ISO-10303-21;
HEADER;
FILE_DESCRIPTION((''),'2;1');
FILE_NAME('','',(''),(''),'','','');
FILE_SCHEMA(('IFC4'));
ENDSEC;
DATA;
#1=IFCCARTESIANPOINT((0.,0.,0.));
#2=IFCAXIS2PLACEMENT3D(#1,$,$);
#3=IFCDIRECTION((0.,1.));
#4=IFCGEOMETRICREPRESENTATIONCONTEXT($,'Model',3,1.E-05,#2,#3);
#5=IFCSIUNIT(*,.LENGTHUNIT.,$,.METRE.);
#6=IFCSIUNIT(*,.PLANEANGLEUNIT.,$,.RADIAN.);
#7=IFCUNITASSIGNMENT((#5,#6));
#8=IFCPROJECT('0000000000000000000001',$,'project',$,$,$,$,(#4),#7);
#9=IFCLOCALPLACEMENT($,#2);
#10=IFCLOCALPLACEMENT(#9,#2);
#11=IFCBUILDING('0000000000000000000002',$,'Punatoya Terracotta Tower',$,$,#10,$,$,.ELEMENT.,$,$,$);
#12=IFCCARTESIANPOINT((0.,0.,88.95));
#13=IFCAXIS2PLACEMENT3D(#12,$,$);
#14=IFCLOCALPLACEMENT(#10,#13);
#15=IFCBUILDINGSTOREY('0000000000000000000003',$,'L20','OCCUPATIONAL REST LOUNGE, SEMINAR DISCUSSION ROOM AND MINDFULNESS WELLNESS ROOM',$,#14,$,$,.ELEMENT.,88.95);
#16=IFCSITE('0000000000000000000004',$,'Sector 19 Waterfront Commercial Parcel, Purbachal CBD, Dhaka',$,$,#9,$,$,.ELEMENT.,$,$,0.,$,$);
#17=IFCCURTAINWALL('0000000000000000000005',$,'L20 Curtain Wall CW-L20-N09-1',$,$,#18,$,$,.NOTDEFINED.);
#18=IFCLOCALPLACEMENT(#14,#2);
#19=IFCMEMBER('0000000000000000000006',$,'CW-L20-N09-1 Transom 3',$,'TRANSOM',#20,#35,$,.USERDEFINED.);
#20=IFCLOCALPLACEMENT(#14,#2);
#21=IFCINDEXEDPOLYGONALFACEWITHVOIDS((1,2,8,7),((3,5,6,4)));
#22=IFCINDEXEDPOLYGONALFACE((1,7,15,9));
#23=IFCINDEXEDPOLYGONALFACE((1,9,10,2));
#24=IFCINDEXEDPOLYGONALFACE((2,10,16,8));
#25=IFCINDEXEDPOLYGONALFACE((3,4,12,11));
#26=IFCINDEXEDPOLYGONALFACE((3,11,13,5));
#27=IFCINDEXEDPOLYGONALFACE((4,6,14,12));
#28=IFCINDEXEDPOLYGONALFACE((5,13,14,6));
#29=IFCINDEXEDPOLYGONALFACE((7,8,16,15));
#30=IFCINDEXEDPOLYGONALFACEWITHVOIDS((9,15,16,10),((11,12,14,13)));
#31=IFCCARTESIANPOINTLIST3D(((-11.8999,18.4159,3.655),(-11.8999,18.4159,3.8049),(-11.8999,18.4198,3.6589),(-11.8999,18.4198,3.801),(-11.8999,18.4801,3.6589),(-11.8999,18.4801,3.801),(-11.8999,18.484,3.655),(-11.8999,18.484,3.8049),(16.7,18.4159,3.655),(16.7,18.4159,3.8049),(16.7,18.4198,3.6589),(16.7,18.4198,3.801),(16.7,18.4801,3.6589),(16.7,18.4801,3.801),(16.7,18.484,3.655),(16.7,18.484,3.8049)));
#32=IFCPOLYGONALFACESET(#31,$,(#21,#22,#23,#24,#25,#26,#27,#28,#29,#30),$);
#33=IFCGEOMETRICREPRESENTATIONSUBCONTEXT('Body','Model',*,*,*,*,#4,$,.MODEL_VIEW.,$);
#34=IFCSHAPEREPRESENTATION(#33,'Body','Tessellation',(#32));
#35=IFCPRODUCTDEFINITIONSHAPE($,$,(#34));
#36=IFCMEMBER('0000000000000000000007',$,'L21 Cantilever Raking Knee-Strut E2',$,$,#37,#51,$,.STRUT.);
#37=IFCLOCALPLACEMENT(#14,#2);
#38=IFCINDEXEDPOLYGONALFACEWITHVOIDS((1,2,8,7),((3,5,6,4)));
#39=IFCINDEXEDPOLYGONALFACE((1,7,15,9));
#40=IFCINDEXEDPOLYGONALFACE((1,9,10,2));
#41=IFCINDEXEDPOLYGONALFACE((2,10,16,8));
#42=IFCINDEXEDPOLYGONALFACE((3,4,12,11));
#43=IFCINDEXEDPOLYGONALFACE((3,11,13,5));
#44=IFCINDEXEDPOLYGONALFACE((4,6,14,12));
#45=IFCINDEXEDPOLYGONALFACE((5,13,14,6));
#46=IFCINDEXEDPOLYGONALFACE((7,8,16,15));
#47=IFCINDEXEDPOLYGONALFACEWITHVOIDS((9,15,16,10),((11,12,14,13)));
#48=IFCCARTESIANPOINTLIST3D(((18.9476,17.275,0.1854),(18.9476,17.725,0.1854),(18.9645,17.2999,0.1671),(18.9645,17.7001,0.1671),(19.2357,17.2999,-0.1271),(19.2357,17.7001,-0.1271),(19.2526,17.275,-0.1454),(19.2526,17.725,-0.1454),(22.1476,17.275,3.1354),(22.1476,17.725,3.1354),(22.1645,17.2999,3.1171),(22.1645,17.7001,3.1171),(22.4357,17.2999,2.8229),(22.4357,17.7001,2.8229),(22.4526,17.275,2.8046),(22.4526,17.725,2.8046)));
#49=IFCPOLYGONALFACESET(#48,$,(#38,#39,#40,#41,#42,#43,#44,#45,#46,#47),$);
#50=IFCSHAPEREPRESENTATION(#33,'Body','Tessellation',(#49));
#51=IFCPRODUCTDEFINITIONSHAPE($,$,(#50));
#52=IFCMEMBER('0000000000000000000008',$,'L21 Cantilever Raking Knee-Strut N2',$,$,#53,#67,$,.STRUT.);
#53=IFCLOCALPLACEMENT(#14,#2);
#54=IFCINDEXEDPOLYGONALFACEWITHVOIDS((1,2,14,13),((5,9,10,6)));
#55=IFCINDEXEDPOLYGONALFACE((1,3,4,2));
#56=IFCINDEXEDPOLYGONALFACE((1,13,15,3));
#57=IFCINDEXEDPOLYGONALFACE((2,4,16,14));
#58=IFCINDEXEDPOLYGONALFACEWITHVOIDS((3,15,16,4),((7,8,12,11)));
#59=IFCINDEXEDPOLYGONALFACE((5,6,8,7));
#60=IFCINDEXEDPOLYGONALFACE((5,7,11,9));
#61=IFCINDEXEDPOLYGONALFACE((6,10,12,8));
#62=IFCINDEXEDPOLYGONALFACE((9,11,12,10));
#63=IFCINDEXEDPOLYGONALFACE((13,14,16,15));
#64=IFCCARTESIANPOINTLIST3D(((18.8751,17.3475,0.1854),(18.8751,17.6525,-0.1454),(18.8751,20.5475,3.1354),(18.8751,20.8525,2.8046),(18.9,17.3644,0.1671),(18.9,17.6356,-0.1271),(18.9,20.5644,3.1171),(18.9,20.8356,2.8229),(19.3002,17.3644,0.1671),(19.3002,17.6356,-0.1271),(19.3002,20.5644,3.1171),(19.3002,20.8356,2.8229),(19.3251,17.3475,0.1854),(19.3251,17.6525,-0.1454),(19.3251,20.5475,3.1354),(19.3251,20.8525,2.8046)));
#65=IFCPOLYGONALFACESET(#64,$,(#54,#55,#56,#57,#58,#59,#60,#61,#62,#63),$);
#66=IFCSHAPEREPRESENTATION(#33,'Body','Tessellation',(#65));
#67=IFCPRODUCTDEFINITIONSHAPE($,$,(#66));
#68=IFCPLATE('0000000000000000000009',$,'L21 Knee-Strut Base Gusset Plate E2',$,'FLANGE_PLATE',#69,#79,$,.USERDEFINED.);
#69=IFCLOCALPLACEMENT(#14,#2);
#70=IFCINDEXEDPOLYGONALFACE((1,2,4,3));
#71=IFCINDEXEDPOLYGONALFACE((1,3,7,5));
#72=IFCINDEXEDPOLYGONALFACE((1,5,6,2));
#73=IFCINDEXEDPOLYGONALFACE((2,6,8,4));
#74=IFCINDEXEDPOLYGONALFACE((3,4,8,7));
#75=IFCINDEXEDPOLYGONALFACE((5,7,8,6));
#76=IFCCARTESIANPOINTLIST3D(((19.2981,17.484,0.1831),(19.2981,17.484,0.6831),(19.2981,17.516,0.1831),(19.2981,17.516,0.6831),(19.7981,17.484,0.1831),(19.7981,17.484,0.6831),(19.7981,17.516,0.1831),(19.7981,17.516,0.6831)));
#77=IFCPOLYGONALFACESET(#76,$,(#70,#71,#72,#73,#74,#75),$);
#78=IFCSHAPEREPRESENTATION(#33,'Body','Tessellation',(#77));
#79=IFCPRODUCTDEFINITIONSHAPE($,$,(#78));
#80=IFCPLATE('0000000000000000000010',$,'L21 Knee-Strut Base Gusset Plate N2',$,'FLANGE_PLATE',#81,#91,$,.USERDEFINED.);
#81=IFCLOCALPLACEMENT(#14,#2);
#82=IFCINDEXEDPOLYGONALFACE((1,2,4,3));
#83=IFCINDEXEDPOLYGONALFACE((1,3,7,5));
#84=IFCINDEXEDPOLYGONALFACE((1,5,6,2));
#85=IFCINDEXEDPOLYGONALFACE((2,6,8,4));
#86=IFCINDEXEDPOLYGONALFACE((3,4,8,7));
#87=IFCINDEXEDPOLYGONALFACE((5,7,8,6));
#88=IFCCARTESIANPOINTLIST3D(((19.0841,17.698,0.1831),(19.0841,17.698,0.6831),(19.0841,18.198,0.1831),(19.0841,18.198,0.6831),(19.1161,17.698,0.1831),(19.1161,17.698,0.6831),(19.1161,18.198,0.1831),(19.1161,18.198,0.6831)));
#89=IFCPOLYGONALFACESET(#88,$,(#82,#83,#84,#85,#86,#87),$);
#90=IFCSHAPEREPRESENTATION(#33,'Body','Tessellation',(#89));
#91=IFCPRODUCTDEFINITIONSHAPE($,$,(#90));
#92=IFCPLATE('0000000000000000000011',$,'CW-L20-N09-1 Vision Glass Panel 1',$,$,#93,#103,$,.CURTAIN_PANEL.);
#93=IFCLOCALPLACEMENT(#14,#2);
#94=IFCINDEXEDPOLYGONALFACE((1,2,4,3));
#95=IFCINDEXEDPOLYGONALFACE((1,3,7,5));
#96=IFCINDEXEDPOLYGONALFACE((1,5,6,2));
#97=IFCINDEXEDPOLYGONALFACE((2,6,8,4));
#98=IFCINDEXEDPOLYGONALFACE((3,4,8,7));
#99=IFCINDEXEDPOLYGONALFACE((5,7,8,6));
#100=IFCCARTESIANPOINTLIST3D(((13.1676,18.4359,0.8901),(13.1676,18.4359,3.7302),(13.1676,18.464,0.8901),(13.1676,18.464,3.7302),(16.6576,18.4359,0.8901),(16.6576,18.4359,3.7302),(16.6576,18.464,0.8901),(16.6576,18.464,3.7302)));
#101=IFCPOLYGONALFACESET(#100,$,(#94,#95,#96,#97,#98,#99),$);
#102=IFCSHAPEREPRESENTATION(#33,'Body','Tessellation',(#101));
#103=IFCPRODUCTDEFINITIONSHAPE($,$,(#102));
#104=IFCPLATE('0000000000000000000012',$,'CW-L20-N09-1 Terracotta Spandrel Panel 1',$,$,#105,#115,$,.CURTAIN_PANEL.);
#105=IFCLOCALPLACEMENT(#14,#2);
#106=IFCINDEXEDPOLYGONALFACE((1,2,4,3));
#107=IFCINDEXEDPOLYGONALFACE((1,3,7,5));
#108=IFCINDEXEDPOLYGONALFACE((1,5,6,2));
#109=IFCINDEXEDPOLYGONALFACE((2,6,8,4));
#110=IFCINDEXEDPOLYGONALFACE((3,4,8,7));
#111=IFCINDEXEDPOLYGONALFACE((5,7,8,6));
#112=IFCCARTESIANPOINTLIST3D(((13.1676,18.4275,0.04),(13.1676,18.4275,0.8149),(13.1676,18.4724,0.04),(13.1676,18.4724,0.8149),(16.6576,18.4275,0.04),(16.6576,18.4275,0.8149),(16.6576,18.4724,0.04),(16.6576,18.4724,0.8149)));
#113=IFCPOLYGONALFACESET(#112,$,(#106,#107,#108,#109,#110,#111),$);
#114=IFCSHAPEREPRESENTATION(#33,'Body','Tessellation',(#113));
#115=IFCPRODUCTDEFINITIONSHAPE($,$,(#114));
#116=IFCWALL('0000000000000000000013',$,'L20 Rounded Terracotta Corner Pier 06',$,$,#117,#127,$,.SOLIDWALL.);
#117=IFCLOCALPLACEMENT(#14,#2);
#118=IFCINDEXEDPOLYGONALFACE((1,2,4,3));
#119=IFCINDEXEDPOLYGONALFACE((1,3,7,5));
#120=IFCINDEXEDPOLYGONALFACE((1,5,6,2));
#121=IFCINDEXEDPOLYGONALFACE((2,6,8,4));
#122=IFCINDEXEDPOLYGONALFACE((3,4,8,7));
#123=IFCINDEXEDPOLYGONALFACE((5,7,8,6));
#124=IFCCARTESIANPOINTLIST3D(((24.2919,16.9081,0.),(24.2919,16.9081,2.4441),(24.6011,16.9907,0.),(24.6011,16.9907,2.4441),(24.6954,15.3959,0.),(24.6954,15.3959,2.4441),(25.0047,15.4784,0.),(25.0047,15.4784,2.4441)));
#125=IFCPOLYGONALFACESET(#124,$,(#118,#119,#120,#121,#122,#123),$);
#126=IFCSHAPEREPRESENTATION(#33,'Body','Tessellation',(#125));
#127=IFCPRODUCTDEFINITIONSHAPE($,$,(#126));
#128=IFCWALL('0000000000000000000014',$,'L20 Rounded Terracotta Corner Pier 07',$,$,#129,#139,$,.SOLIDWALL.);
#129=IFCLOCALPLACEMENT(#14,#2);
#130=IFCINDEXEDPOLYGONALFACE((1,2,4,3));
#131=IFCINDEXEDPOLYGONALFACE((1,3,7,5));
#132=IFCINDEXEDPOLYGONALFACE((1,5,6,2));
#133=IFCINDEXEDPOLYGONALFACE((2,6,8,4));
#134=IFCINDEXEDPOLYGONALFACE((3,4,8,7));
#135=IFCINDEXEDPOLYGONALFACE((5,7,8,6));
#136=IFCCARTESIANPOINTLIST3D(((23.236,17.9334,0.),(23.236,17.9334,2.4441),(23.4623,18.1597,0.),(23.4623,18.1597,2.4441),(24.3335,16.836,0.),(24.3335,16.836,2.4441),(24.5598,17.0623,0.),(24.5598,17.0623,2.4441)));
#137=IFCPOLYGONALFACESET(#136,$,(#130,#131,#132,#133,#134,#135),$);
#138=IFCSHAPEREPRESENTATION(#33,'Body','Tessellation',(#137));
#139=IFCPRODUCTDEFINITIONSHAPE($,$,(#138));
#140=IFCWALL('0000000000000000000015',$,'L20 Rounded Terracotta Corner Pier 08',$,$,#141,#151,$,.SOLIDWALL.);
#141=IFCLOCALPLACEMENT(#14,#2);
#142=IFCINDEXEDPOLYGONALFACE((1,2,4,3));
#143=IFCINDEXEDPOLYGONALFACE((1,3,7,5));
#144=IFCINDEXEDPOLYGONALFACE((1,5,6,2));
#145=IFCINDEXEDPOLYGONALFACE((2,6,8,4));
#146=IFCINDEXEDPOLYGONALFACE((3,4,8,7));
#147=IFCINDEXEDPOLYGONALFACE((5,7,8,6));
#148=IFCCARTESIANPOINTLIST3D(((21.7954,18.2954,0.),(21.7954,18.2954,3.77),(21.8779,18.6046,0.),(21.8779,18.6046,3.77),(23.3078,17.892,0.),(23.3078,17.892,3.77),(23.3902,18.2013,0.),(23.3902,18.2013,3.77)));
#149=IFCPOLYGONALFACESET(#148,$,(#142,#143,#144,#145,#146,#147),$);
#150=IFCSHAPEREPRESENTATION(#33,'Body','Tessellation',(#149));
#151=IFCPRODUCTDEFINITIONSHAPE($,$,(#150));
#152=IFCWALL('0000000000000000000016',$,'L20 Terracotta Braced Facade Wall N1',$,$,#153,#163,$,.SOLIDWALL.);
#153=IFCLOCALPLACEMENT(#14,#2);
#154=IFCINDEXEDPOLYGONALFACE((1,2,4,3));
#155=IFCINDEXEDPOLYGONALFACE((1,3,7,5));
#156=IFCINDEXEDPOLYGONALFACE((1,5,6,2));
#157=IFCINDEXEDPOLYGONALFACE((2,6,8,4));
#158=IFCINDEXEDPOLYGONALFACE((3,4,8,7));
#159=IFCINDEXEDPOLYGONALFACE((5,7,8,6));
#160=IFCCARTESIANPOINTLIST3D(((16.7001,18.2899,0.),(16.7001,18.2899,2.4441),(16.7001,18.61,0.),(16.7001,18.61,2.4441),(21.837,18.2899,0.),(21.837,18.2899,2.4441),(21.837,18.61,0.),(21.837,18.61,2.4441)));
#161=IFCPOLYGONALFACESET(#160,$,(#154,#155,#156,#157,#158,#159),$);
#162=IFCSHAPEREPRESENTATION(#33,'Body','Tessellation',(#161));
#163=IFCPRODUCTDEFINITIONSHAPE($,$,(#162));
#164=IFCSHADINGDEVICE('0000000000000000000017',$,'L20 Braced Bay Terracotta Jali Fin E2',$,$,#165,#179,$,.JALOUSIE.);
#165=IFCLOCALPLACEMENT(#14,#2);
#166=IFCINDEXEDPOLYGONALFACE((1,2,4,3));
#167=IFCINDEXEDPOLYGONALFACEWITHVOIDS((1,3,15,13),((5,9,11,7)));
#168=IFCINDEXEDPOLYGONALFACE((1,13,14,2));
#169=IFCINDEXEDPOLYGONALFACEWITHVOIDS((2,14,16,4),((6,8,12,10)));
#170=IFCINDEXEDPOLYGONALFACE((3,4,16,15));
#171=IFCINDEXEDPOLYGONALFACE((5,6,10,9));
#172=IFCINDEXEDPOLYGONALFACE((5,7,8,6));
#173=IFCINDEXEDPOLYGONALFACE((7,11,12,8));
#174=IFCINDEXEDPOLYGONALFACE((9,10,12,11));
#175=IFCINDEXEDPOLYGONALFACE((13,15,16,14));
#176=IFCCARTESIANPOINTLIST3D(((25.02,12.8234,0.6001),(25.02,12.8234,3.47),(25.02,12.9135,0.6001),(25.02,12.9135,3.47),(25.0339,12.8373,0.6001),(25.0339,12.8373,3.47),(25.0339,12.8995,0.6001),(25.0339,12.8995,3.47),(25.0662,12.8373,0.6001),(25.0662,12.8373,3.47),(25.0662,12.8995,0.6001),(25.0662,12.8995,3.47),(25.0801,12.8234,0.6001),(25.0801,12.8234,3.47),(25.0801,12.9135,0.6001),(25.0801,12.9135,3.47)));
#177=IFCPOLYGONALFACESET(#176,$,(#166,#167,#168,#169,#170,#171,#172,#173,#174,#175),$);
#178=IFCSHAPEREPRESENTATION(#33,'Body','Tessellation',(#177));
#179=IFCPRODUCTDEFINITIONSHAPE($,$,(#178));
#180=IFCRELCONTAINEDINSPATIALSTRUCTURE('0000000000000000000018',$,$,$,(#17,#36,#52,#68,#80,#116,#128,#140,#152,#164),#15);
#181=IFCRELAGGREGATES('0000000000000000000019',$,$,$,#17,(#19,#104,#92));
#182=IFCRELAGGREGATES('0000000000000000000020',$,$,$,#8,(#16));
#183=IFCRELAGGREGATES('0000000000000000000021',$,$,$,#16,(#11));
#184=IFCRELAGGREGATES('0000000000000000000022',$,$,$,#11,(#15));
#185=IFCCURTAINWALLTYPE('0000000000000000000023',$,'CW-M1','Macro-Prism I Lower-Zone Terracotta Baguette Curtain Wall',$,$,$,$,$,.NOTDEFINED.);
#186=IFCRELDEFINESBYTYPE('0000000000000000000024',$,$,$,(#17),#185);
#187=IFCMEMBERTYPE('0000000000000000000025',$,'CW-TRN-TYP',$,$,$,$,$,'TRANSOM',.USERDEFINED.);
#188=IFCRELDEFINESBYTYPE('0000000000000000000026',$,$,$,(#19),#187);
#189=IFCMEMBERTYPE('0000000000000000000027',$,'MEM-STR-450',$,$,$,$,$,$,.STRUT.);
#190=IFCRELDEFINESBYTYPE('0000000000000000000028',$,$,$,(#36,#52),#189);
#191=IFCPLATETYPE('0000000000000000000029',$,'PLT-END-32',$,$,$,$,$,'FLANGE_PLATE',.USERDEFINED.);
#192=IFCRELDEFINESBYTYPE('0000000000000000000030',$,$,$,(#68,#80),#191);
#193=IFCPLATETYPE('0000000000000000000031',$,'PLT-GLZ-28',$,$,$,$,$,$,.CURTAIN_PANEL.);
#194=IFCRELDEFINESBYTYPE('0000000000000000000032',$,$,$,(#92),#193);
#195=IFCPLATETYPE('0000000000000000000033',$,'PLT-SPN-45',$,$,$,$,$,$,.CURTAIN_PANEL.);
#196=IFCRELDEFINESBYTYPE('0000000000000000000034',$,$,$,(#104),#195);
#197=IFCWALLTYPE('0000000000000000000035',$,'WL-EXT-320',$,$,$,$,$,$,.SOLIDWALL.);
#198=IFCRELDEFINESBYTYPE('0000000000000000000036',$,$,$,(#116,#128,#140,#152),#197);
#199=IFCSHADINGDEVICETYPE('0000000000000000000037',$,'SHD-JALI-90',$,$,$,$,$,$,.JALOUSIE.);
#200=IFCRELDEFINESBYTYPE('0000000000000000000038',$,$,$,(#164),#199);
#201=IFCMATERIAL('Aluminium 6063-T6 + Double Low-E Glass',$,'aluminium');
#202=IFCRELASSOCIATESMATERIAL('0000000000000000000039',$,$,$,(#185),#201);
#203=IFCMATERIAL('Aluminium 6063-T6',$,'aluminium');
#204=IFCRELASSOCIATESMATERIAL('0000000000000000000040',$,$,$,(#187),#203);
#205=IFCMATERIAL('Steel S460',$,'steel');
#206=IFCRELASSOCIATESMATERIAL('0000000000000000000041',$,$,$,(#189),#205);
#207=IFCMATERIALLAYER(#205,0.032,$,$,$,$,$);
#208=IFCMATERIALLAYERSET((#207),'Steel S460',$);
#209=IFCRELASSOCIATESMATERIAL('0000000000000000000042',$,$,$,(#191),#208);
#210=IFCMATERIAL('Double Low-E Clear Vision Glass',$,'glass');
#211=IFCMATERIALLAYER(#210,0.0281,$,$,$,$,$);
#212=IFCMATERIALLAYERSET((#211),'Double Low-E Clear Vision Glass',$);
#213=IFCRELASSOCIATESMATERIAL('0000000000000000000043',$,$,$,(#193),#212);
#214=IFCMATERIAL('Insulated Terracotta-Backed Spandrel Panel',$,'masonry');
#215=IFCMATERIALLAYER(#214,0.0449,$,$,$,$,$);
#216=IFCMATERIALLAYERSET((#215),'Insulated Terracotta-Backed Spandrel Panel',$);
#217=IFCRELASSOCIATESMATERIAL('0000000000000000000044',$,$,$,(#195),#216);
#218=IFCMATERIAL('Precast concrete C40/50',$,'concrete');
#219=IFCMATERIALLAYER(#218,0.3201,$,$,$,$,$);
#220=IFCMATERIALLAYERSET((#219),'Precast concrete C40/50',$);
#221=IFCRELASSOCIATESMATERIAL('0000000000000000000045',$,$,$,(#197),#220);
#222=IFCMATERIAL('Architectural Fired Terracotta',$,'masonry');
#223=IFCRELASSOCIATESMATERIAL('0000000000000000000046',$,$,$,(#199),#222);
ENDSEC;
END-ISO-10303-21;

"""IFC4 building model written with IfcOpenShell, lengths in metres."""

from ifc_helpers import new_model, si_unit, direction, frame, frame_2d, origin, origin_2d, place, context, subcontext, project, spatial, rectangle, hollow_rectangle, extrude, material, layer, layer_set, material_profile, profile_set, type_object, element, aggregate, save


model = new_model("IFC4")

# Units and contexts
model_context = context("Model", 3, precision=1e-05, world=origin(), true_north=direction((0.0, 1.0)))
body_context = subcontext(model_context, "Body", "Model", "MODEL_VIEW")
ifc_project = project(units=[si_unit("LENGTHUNIT", "METRE"), si_unit("PLANEANGLEUNIT", "RADIAN")], contexts=[model_context])

# Site, building, storey
site_placement = place(None, origin())
site = spatial("IfcSite", under=ifc_project, at=site_placement, Name="Sector 19 Waterfront Commercial Parcel, Purbachal CBD, Dhaka", CompositionType="ELEMENT", RefElevation=0.0)
building_placement = place(site_placement, origin())
building = spatial("IfcBuilding", under=site, at=building_placement, Name="Punatoya Terracotta Tower", CompositionType="ELEMENT")
storey_placement = place(building_placement, frame((0.0, 0.0, 88.95)))
storey = spatial("IfcBuildingStorey", under=building, at=storey_placement, Name="L20", Description="OCCUPATIONAL REST LOUNGE, SEMINAR DISCUSSION ROOM AND MINDFULNESS WELLNESS ROOM", CompositionType="ELEMENT", Elevation=88.95)

# Shared definitions
ifc_material_1 = material(Name="Steel S460", Category="steel")

# Curtain wall, member
ifc_material_2 = material(Name="Aluminium 6063-T6 + Double Low-E Glass", Category="aluminium")
curtain_wall_type = type_object("IfcCurtainWallType", Name="CW-M1", Description="Macro-Prism I Lower-Zone Terracotta Baguette Curtain Wall", PredefinedType="NOTDEFINED", material=ifc_material_2)
curtain_wall_placement = place(storey_placement, origin())
curtain_wall = element("IfcCurtainWall", 1, at=curtain_wall_placement, inside=storey, type_object=curtain_wall_type, Name="L20 Curtain Wall CW-L20-N09-1", PredefinedType="NOTDEFINED")
ifc_material_3 = material(Name="Aluminium 6063-T6", Category="aluminium")
ifc_material_profile_1 = material_profile(ifc_material_3, hollow_rectangle(XDim=0.0681, YDim=0.1499, WallThickness=0.0039, at=origin_2d()))
ifc_profile_set_1 = profile_set([ifc_material_profile_1], Name="Aluminium 6063-T6")
member_type_1 = type_object("IfcMemberType", Name="CW-TRN-TYP", ElementType="TRANSOM", PredefinedType="USERDEFINED", material=ifc_profile_set_1)
member_1_placement = place(storey_placement, frame((16.7, 18.45, 3.73), z_axis=(-1.0, 0.0, 0.0), x_axis=(0.0, -1.0, 0.0)))
member_1 = element("IfcMember", 2, at=member_1_placement, type_object=member_type_1, Name="CW-L20-N09-1 Transom 3", ObjectType="TRANSOM", PredefinedType="USERDEFINED", context=body_context, shape_type="SweptSolid", body=[
    extrude(hollow_rectangle(XDim=0.0681, YDim=0.1499, WallThickness=0.0039, at=origin_2d()), origin(), (0.0, 0.0, 1.0), 28.5999),
])

# Members
ifc_material_profile_2 = material_profile(ifc_material_1, hollow_rectangle(XDim=0.45, YDim=0.45, WallThickness=0.0249, at=origin_2d()))
ifc_profile_set_2 = profile_set([ifc_material_profile_2], Name="Steel S460")
member_type_2 = type_object("IfcMemberType", Name="MEM-STR-450", PredefinedType="STRUT", material=ifc_profile_set_2)
for number, where, z_axis, x_axis, name in (
    (3, (19.1001, 17.5, 0.02), (0.735244, 0.0, 0.677802), (0.0, 1.0, 0.0), "L21 Cantilever Raking Knee-Strut E2"),
    (4, (19.1001, 17.5, 0.02), (0.0, 0.735244, 0.677802), (-1.0, 0.0, 0.0), "L21 Cantilever Raking Knee-Strut N2"),
):
    element("IfcMember", number, at=place(storey_placement, frame(where, z_axis=z_axis, x_axis=x_axis)), inside=storey, type_object=member_type_2, Name=name, PredefinedType="STRUT", context=body_context, shape_type="SweptSolid", body=[
        extrude(hollow_rectangle(XDim=0.45, YDim=0.45, WallThickness=0.0249, at=origin_2d()), origin(), (0.0, 0.0, 1.0), 4.3523),
    ])

# Plates
ifc_layer_1 = layer(ifc_material_1, 0.032)
ifc_layer_set_1 = layer_set([ifc_layer_1], Name="Steel S460")
plate_type_1 = type_object("IfcPlateType", Name="PLT-END-32", ElementType="FLANGE_PLATE", PredefinedType="USERDEFINED", material=ifc_layer_set_1)
for number, where, z_axis, x_axis, name in (
    (5, (19.5481, 17.5, 0.1831), (0.0, 0.0, 1.0), (1.0, 0.0, 0.0), "L21 Knee-Strut Base Gusset Plate E2"),
    (6, (19.1001, 17.948, 0.1831), (0.0, 0.0, 1.0), (0.0, 1.0, 0.0), "L21 Knee-Strut Base Gusset Plate N2"),
):
    element("IfcPlate", number, at=place(storey_placement, frame(where, z_axis=z_axis, x_axis=x_axis)), inside=storey, type_object=plate_type_1, Name=name, ObjectType="FLANGE_PLATE", PredefinedType="USERDEFINED", context=body_context, shape_type="SweptSolid", body=[
        extrude(rectangle(XDim=0.5, YDim=0.032, at=origin_2d()), origin(), (0.0, 0.0, 1.0), 0.5),
    ])

# Plates
ifc_material_4 = material(Name="Double Low-E Clear Vision Glass", Category="glass")
ifc_layer_2 = layer(ifc_material_4, 0.0281)
ifc_layer_set_2 = layer_set([ifc_layer_2], Name="Double Low-E Clear Vision Glass")
plate_type_2 = type_object("IfcPlateType", Name="PLT-GLZ-28", PredefinedType="CURTAIN_PANEL", material=ifc_layer_set_2)
plate_1_placement = place(storey_placement, frame((14.9126, 18.45, 0.8901), z_axis=(0.0, 0.0, 1.0), x_axis=(-1.0, 0.0, 0.0)))
plate_1 = element("IfcPlate", 7, at=plate_1_placement, type_object=plate_type_2, Name="CW-L20-N09-1 Vision Glass Panel 1", PredefinedType="CURTAIN_PANEL", context=body_context, shape_type="SweptSolid", body=[
    extrude(rectangle(XDim=3.49, YDim=0.0281, at=origin_2d()), origin(), (0.0, 0.0, 1.0), 2.8401),
])
ifc_material_5 = material(Name="Insulated Terracotta-Backed Spandrel Panel", Category="masonry")
ifc_layer_3 = layer(ifc_material_5, 0.0449)
ifc_layer_set_3 = layer_set([ifc_layer_3], Name="Insulated Terracotta-Backed Spandrel Panel")
plate_type_3 = type_object("IfcPlateType", Name="PLT-SPN-45", PredefinedType="CURTAIN_PANEL", material=ifc_layer_set_3)
plate_2_placement = place(storey_placement, frame((14.9126, 18.45, 0.04), z_axis=(0.0, 0.0, 1.0), x_axis=(-1.0, 0.0, 0.0)))
plate_2 = element("IfcPlate", 8, at=plate_2_placement, type_object=plate_type_3, Name="CW-L20-N09-1 Terracotta Spandrel Panel 1", PredefinedType="CURTAIN_PANEL", context=body_context, shape_type="SweptSolid", body=[
    extrude(rectangle(XDim=3.49, YDim=0.0449, at=origin_2d()), origin(), (0.0, 0.0, 1.0), 0.7749),
])
aggregate(curtain_wall, [member_1, plate_2, plate_1])

# Walls
ifc_material_6 = material(Name="Precast concrete C40/50", Category="concrete")
ifc_layer_4 = layer(ifc_material_6, 0.3201)
ifc_layer_set_4 = layer_set([ifc_layer_4], Name="Precast concrete C40/50")
wall_type = type_object("IfcWallType", Name="WL-EXT-320", PredefinedType="SOLIDWALL", material=ifc_layer_set_4)
wall_1_placement = place(storey_placement, frame((24.8501, 15.437, 0.0), z_axis=(0.0, 0.0, 1.0), x_axis=(-0.257847, 0.966186, 0.0)))
element("IfcWall", 9, at=wall_1_placement, inside=storey, type_object=wall_type, Name="L20 Rounded Terracotta Corner Pier 06", PredefinedType="SOLIDWALL", context=body_context, shape_type="SweptSolid", body=[
    extrude(rectangle(XDim=1.5652, YDim=0.3201, at=frame_2d((0.7827, 0.0))), origin(), (0.0, 0.0, 1.0), 2.4441),
])
wall_2_placement = place(storey_placement, frame((24.4465, 16.9492, 0.0), z_axis=(0.0, 0.0, 1.0), x_axis=(-0.707107, 0.707107, 0.0)))
element("IfcWall", 10, at=wall_2_placement, inside=storey, type_object=wall_type, Name="L20 Rounded Terracotta Corner Pier 07", PredefinedType="SOLIDWALL", context=body_context, shape_type="SweptSolid", body=[
    extrude(rectangle(XDim=1.552, YDim=0.3201, at=frame_2d((0.7759, 0.0))), origin(), (0.0, 0.0, 1.0), 2.4441),
])
wall_3_placement = place(storey_placement, frame((23.3491, 18.0466, 0.0), z_axis=(0.0, 0.0, 1.0), x_axis=(-0.966225, 0.257701, 0.0)))
element("IfcWall", 11, at=wall_3_placement, inside=storey, type_object=wall_type, Name="L20 Rounded Terracotta Corner Pier 08", PredefinedType="SOLIDWALL", context=body_context, shape_type="SweptSolid", body=[
    extrude(rectangle(XDim=1.5652, YDim=0.3201, at=frame_2d((0.7827, 0.0))), origin(), (0.0, 0.0, 1.0), 3.77),
])
wall_4_placement = place(storey_placement, frame((21.8369, 18.45, 0.0), z_axis=(0.0, 0.0, 1.0), x_axis=(-1.0, 0.0, 0.0)))
element("IfcWall", 12, at=wall_4_placement, inside=storey, type_object=wall_type, Name="L20 Terracotta Braced Facade Wall N1", PredefinedType="SOLIDWALL", context=body_context, shape_type="SweptSolid", body=[
    extrude(rectangle(XDim=5.137, YDim=0.3201, at=frame_2d((2.5684, 0.0))), origin(), (0.0, 0.0, 1.0), 2.4441),
])

# Shading device
ifc_material_7 = material(Name="Architectural Fired Terracotta", Category="masonry")
ifc_material_profile_3 = material_profile(ifc_material_7, hollow_rectangle(XDim=0.0601, YDim=0.0901, WallThickness=0.0139, at=origin_2d()))
ifc_profile_set_3 = profile_set([ifc_material_profile_3], Name="Architectural Fired Terracotta")
shading_device_type = type_object("IfcShadingDeviceType", Name="SHD-JALI-90", PredefinedType="JALOUSIE", material=ifc_profile_set_3)
for number, where, z_axis, x_axis, name in (
    (13, (25.05, 12.8684, 0.6001), (0.0, 0.0, 1.0), (1.0, 0.0, 0.0), "L20 Braced Bay Terracotta Jali Fin E2"),
):
    element("IfcShadingDevice", number, at=place(storey_placement, frame(where, z_axis=z_axis, x_axis=x_axis)), inside=storey, type_object=shading_device_type, Name=name, PredefinedType="JALOUSIE", context=body_context, shape_type="SweptSolid", body=[
        extrude(hollow_rectangle(XDim=0.0601, YDim=0.0901, WallThickness=0.0139, at=origin_2d()), origin(), (0.0, 0.0, 1.0), 2.8699),
    ])

save(model, "model.ifc")
